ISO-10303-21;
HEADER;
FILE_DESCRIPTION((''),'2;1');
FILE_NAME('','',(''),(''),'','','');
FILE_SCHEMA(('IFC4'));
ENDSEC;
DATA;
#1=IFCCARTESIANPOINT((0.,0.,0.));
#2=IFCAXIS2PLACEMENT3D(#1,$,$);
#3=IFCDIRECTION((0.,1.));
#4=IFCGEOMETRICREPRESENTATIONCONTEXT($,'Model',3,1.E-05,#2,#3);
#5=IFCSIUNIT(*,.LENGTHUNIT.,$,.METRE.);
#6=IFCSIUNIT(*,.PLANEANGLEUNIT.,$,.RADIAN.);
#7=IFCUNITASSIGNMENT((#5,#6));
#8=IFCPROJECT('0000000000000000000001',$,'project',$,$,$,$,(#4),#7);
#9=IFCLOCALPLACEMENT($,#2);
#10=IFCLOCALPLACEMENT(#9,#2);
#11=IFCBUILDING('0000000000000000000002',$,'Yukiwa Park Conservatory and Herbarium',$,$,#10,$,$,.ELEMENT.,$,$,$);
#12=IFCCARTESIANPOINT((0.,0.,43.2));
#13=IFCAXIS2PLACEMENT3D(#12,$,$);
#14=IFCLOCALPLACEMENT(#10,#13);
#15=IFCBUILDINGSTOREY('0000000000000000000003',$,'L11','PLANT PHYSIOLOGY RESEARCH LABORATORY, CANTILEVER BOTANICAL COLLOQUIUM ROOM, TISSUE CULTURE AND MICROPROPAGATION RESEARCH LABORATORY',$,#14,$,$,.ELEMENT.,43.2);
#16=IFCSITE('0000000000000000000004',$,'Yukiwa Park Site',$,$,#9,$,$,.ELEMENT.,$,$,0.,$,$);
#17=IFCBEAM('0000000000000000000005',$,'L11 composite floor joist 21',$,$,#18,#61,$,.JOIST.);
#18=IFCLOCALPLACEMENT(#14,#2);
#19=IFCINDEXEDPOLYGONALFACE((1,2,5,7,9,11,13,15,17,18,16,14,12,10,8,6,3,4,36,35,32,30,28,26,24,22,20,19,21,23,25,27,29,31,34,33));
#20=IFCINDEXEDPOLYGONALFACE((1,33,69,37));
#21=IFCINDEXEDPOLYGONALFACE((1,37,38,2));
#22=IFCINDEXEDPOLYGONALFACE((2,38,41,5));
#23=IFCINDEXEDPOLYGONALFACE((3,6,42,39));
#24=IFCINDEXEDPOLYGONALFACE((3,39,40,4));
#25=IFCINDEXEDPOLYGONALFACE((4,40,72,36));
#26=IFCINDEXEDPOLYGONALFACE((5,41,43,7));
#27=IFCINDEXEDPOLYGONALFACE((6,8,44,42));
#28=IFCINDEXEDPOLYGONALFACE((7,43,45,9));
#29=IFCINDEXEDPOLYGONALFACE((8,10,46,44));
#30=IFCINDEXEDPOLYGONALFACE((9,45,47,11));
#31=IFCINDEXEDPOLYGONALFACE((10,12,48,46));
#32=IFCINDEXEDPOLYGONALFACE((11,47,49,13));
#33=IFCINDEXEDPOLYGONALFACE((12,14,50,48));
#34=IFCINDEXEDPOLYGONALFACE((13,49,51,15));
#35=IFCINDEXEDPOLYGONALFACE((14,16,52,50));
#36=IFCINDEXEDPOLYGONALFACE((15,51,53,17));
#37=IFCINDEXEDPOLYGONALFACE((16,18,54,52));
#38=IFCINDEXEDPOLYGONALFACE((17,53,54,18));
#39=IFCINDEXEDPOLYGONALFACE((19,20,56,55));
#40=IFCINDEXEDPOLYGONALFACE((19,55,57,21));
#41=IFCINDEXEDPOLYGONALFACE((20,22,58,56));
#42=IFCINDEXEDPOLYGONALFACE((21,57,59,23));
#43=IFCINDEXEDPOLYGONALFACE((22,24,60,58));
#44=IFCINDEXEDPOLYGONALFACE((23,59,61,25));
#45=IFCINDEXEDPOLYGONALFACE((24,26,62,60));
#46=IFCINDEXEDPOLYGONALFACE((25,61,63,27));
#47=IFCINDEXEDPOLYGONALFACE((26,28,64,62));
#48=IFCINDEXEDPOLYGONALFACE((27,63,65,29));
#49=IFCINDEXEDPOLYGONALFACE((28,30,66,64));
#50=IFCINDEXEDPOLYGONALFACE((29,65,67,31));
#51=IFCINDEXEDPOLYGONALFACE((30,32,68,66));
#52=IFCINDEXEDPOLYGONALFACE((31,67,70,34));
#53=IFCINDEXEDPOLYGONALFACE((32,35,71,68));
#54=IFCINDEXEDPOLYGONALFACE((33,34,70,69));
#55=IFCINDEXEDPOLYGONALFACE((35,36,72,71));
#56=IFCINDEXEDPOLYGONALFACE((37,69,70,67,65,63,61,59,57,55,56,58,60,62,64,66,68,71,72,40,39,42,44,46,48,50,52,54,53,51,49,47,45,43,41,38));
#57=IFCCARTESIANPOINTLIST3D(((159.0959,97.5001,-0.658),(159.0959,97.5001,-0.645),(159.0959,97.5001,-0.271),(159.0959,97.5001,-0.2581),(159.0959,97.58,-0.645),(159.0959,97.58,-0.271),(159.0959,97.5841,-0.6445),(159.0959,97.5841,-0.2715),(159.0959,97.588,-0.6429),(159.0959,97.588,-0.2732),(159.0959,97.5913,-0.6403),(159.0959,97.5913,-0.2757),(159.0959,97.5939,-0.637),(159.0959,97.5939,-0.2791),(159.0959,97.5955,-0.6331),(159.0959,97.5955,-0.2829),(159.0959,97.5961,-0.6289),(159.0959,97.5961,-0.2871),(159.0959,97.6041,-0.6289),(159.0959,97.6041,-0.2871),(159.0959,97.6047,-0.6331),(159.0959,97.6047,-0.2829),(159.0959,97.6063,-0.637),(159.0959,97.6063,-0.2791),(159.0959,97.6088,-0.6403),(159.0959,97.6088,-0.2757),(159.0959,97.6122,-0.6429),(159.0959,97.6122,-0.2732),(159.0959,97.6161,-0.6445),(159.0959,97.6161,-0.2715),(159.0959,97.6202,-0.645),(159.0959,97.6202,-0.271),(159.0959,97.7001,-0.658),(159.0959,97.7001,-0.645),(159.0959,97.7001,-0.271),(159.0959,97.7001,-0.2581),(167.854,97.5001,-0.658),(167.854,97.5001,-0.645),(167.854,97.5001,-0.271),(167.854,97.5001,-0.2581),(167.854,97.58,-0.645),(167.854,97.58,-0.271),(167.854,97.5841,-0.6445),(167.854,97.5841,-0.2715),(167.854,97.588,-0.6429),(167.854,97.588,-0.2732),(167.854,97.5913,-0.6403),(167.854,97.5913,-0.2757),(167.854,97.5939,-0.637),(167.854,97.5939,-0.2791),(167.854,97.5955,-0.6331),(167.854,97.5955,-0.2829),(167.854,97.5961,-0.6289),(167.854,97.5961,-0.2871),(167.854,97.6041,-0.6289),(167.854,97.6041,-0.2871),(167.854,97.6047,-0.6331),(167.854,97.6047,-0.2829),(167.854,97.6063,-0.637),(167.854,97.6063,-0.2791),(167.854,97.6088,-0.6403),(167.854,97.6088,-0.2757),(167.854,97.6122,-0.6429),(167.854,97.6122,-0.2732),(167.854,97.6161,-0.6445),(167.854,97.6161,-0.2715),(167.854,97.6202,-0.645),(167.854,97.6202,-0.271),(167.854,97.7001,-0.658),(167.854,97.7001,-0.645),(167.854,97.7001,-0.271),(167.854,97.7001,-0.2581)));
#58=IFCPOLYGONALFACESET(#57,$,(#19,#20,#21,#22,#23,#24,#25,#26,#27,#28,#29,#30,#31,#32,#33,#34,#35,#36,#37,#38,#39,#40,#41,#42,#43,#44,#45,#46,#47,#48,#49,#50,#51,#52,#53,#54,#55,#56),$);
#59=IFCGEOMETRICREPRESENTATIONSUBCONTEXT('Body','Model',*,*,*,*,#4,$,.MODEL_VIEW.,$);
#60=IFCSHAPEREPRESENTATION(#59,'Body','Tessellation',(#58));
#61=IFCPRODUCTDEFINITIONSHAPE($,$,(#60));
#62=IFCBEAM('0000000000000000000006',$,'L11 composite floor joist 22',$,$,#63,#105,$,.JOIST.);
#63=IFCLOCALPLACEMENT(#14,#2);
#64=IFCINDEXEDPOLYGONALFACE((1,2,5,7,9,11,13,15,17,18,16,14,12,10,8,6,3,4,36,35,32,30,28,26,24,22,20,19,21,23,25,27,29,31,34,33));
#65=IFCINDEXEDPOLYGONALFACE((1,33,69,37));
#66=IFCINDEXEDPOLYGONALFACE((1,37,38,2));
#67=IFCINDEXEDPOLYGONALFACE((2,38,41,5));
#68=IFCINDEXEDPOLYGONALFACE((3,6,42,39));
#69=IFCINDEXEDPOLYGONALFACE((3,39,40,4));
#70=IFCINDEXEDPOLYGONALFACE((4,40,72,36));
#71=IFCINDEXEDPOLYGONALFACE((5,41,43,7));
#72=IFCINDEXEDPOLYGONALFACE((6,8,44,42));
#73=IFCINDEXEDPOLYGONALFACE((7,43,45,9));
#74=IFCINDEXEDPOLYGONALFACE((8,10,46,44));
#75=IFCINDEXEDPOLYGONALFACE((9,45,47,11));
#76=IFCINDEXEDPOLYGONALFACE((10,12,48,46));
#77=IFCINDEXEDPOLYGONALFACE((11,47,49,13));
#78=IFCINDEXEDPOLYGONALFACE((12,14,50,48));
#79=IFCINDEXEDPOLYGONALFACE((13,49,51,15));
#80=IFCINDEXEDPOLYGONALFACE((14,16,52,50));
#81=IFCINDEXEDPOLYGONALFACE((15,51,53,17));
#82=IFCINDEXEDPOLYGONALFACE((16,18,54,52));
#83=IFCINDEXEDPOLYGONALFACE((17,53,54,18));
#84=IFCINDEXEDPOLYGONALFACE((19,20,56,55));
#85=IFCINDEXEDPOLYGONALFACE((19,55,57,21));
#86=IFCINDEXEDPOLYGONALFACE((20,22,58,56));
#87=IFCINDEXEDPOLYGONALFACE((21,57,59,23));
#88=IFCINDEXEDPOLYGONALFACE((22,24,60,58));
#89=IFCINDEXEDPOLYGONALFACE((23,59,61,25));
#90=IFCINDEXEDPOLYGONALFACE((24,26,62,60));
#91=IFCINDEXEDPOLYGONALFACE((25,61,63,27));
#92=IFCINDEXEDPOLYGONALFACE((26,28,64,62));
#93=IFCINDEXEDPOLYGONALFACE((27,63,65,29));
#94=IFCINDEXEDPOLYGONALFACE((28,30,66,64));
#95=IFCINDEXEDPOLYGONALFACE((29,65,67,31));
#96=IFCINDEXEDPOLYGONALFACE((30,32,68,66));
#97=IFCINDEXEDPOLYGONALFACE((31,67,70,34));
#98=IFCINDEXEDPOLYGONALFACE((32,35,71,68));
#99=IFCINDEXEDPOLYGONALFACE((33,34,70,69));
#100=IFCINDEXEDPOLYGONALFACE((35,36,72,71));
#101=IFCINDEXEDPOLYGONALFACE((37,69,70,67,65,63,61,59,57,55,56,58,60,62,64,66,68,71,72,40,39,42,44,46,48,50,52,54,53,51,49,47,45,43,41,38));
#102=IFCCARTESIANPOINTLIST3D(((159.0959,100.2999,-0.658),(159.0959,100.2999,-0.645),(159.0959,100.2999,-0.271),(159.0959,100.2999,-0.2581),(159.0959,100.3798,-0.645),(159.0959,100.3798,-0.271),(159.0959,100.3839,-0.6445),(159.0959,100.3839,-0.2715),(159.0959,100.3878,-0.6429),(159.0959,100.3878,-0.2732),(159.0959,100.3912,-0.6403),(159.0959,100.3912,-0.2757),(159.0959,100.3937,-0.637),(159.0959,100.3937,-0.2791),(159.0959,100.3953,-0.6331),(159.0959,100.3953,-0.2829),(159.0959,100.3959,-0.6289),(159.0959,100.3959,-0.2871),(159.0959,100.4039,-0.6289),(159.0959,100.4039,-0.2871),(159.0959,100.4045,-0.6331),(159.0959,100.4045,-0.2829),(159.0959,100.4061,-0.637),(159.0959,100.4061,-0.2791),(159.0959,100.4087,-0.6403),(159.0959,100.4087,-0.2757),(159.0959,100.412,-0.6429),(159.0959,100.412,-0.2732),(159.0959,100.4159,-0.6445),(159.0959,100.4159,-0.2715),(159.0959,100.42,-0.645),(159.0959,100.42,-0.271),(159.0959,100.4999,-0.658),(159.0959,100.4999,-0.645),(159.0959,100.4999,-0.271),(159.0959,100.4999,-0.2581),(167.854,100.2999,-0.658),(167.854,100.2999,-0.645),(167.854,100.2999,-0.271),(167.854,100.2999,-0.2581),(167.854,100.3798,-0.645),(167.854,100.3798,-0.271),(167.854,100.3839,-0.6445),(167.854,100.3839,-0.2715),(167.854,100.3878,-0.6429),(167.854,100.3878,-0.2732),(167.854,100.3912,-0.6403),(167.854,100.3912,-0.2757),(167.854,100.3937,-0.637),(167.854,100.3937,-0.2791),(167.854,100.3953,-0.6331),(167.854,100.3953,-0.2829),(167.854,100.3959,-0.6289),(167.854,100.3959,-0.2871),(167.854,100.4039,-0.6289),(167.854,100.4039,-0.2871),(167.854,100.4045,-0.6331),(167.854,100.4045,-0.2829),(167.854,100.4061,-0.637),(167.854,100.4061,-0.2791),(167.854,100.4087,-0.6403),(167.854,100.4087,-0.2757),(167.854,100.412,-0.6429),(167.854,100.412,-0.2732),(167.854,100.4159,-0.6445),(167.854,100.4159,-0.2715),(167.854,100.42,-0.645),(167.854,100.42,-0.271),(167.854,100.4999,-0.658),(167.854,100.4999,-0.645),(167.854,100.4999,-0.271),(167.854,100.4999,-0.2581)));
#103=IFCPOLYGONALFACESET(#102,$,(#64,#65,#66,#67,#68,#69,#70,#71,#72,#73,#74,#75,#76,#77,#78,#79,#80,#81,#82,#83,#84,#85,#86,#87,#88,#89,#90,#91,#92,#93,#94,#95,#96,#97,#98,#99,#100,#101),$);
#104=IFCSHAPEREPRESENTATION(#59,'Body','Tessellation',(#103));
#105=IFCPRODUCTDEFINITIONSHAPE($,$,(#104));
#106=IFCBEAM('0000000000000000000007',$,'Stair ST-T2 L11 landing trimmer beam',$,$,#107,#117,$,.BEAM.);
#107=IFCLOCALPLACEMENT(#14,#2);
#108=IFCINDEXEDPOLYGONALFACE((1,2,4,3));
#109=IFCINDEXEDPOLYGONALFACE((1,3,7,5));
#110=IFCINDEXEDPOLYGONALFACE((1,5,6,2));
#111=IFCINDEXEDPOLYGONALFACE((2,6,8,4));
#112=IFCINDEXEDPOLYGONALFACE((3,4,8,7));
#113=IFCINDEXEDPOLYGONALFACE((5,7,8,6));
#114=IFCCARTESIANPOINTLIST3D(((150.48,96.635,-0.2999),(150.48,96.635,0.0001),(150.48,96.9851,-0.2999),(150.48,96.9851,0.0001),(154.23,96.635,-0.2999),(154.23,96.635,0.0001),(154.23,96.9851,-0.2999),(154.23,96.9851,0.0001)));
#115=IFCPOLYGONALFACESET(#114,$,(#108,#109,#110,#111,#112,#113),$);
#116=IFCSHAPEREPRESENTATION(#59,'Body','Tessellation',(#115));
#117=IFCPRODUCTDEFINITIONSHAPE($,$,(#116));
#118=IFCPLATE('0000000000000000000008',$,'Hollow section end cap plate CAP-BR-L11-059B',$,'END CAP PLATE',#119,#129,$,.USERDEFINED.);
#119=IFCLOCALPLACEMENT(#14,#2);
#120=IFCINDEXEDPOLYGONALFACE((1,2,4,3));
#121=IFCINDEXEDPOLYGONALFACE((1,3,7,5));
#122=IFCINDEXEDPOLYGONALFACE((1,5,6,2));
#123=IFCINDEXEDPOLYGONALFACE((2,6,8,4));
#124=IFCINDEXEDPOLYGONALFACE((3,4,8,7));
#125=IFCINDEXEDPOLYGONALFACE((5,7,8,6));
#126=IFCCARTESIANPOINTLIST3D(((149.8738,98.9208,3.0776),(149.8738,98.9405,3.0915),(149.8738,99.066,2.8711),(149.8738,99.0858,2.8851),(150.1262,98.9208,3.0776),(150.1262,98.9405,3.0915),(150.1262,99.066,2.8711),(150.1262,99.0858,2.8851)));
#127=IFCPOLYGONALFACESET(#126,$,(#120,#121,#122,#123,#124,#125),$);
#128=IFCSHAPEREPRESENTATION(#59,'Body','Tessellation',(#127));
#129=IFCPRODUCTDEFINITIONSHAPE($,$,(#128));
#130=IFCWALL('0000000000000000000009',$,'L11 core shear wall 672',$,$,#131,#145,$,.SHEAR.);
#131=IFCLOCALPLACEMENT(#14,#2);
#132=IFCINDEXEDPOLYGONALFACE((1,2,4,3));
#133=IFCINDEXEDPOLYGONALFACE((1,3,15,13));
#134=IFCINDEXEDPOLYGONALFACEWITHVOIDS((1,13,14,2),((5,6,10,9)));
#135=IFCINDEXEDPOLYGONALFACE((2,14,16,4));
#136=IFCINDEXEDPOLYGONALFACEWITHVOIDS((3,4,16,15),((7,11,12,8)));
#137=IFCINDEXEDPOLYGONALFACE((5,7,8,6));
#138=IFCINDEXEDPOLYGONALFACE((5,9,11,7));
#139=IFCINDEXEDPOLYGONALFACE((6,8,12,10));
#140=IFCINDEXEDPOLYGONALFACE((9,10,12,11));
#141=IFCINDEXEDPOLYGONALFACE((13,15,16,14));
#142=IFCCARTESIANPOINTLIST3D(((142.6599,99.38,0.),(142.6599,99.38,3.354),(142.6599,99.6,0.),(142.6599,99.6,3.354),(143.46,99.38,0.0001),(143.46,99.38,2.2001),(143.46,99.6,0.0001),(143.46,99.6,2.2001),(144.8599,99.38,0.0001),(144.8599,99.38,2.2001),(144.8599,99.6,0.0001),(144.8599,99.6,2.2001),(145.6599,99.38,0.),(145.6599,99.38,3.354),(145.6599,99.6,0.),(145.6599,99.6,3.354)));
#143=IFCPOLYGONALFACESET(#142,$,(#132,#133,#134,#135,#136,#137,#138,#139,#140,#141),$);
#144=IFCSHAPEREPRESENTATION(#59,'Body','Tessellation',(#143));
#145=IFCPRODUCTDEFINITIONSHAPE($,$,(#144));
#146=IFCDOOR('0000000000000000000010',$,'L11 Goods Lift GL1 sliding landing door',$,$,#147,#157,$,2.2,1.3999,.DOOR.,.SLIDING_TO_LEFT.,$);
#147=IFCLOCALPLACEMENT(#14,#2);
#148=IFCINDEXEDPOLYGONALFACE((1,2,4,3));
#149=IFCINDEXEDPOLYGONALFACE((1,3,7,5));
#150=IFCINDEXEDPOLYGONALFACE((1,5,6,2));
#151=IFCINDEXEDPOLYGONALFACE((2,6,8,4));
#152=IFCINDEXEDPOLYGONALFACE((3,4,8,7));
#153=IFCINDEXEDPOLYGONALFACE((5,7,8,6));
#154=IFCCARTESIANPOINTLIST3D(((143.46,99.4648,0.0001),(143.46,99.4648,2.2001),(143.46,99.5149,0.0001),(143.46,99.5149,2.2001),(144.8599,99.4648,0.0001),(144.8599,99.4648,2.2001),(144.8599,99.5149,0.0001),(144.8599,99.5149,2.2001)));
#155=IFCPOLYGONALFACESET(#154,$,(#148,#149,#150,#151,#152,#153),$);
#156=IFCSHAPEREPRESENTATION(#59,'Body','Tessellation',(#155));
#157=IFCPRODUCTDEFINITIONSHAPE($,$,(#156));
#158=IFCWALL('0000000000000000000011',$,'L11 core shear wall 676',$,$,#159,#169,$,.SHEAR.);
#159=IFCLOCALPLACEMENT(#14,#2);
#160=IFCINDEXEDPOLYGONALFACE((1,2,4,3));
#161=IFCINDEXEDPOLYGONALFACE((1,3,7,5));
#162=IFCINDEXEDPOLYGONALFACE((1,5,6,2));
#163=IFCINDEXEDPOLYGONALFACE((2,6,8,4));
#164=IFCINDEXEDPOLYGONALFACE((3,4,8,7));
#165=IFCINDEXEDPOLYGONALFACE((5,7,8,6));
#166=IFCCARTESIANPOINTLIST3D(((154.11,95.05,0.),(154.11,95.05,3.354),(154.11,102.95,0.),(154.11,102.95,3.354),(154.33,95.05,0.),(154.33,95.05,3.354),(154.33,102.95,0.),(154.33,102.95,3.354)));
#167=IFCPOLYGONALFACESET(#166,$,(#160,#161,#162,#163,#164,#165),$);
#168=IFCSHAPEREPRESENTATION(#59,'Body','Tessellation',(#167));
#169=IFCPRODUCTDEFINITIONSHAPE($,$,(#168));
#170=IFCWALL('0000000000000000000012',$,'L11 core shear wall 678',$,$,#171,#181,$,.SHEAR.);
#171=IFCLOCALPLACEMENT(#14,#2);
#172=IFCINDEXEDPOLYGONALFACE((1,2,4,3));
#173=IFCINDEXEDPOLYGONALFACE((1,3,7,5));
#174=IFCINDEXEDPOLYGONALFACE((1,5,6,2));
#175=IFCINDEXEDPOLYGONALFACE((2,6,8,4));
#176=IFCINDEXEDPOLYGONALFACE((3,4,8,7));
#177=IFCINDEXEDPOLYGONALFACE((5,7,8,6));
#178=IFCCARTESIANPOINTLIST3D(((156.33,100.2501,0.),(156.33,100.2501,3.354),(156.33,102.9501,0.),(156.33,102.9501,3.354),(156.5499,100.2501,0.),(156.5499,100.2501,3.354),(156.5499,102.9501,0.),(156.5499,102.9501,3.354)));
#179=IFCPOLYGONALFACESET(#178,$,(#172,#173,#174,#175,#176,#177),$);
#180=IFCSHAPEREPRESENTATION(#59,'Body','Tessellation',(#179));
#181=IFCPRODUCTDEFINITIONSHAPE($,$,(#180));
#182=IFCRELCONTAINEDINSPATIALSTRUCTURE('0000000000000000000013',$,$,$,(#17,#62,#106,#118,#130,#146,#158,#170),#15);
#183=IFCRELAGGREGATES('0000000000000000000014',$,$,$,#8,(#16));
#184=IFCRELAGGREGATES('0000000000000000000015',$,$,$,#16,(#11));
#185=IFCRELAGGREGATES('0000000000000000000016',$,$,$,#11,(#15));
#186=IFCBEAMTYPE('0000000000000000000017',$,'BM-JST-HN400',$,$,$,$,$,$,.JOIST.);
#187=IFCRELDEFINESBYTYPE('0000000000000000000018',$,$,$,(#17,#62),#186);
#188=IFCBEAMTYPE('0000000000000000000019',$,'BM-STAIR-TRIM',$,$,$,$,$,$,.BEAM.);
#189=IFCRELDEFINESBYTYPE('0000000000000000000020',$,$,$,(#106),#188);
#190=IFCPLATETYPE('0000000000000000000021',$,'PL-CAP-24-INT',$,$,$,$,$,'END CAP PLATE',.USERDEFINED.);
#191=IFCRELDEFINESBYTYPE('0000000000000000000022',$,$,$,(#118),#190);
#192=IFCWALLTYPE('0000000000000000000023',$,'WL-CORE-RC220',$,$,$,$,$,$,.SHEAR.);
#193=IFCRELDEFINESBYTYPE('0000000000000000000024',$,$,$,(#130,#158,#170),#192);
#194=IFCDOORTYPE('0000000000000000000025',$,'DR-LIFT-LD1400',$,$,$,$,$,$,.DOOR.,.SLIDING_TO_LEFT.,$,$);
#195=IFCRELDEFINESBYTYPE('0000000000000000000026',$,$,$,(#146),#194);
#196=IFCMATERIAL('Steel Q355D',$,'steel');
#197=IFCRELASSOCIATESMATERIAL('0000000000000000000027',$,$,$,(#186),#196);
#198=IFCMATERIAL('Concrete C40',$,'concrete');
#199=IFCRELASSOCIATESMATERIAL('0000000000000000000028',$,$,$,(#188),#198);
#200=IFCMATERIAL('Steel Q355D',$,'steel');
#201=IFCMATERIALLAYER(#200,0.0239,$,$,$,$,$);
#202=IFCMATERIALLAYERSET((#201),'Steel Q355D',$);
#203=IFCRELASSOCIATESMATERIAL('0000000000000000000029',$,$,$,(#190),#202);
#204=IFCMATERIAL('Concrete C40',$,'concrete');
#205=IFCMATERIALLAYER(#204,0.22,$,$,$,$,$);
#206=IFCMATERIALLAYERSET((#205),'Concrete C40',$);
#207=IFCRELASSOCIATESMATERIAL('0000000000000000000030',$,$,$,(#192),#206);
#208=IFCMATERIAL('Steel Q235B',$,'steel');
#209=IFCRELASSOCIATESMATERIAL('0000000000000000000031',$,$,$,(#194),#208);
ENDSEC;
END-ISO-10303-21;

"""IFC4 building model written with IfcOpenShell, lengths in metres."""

from ifc_helpers import new_model, si_unit, direction, frame, frame_2d, origin, origin_2d, place, context, subcontext, project, spatial, rectangle, i_section, extrude, material, layer, layer_set, material_profile, profile_set, type_object, element, fill, save


model = new_model("IFC4")

# Units and contexts
model_context = context("Model", 3, precision=1e-05, world=origin(), true_north=direction((0.0, 1.0)))
body_context = subcontext(model_context, "Body", "Model", "MODEL_VIEW")
ifc_project = project(units=[si_unit("LENGTHUNIT", "METRE"), si_unit("PLANEANGLEUNIT", "RADIAN")], contexts=[model_context])

# Site, building, storey
site_placement = place(None, origin())
site = spatial("IfcSite", under=ifc_project, at=site_placement, Name="Yukiwa Park Site", CompositionType="ELEMENT", RefElevation=0.0)
building_placement = place(site_placement, origin())
building = spatial("IfcBuilding", under=site, at=building_placement, Name="Yukiwa Park Conservatory and Herbarium", CompositionType="ELEMENT")
storey_placement = place(building_placement, frame((0.0, 0.0, 43.2)))
storey = spatial("IfcBuildingStorey", under=building, at=storey_placement, Name="L11", Description="PLANT PHYSIOLOGY RESEARCH LABORATORY, CANTILEVER BOTANICAL COLLOQUIUM ROOM, TISSUE CULTURE AND MICROPROPAGATION RESEARCH LABORATORY", CompositionType="ELEMENT", Elevation=43.2)

# Beams
ifc_material_1 = material(Name="Steel Q355D", Category="steel")
ifc_material_profile_1 = material_profile(ifc_material_1, i_section(OverallWidth=0.2, OverallDepth=0.3999, WebThickness=0.0081, FlangeThickness=0.0129, FilletRadius=0.0161, at=origin_2d()), Name="HN 400x200x8x13")
ifc_profile_set_1 = profile_set([ifc_material_profile_1], Name="Steel Q355D")
beam_type_1 = type_object("IfcBeamType", Name="BM-JST-HN400", PredefinedType="JOIST", material=ifc_profile_set_1)
for number, where, z_axis, x_axis, name in (
    (1, (159.0959, 97.6001, -0.458), (1.0, 0.0, 0.0), (0.0, 1.0, 0.0), "L11 composite floor joist 21"),
    (2, (159.0959, 100.3999, -0.458), (1.0, 0.0, 0.0), (0.0, 1.0, 0.0), "L11 composite floor joist 22"),
):
    element("IfcBeam", number, at=place(storey_placement, frame(where, z_axis=z_axis, x_axis=x_axis)), inside=storey, type_object=beam_type_1, Name=name, PredefinedType="JOIST", context=body_context, shape_type="SweptSolid", body=[
        extrude(i_section(OverallWidth=0.2, OverallDepth=0.3999, WebThickness=0.0081, FlangeThickness=0.0129, FilletRadius=0.0161, at=origin_2d()), origin(), (0.0, 0.0, 1.0), 8.7581),
    ])
ifc_material_2 = material(Name="Concrete C40", Category="concrete")
ifc_material_profile_2 = material_profile(ifc_material_2, rectangle(XDim=0.3501, YDim=0.3, at=origin_2d()), Name="RC 350x300")
ifc_profile_set_2 = profile_set([ifc_material_profile_2], Name="Concrete C40")
beam_type_2 = type_object("IfcBeamType", Name="BM-STAIR-TRIM", PredefinedType="BEAM", material=ifc_profile_set_2)
beam_placement = place(storey_placement, frame((150.48, 96.8101, -0.1499), z_axis=(1.0, 0.0, 0.0), x_axis=(0.0, 1.0, 0.0)))
element("IfcBeam", 3, at=beam_placement, inside=storey, type_object=beam_type_2, Name="Stair ST-T2 L11 landing trimmer beam", PredefinedType="BEAM", context=body_context, shape_type="SweptSolid", body=[
    extrude(rectangle(XDim=0.3501, YDim=0.3, at=origin_2d()), origin(), (0.0, 0.0, 1.0), 3.75),
])

# Plate
ifc_material_3 = material(Name="Steel Q355D", Category="steel")
ifc_layer_1 = layer(ifc_material_3, 0.0239)
ifc_layer_set_1 = layer_set([ifc_layer_1], Name="Steel Q355D")
plate_type = type_object("IfcPlateType", Name="PL-CAP-24-INT", ElementType="END CAP PLATE", PredefinedType="USERDEFINED", material=ifc_layer_set_1)
plate_placement = place(storey_placement, frame((150.0, 98.9934, 2.9744), z_axis=(0.0, 0.817806, 0.575493), x_axis=(-1.0, 0.0, 0.0)))
element("IfcPlate", 4, at=plate_placement, inside=storey, type_object=plate_type, Name="Hollow section end cap plate CAP-BR-L11-059B", ObjectType="END CAP PLATE", PredefinedType="USERDEFINED", context=body_context, shape_type="SweptSolid", body=[
    extrude(rectangle(XDim=0.2524, YDim=0.2524, at=origin_2d()), origin(), (0.0, 0.0, 1.0), 0.0242),
])

# Wall, opening, door
ifc_material_4 = material(Name="Concrete C40", Category="concrete")
ifc_layer_2 = layer(ifc_material_4, 0.22)
ifc_layer_set_2 = layer_set([ifc_layer_2], Name="Concrete C40")
wall_type_1 = type_object("IfcWallType", Name="WL-CORE-RC220", PredefinedType="SHEAR", material=ifc_layer_set_2)
wall_1_placement = place(storey_placement, frame((142.6599, 99.49, 0.0), z_axis=(0.0, 0.0, 1.0), x_axis=(1.0, 0.0, 0.0)))
wall_1 = element("IfcWall", 5, at=wall_1_placement, inside=storey, type_object=wall_type_1, Name="L11 core shear wall 672", PredefinedType="SHEAR", context=body_context, shape_type="SweptSolid", body=[
    extrude(rectangle(XDim=3.0, YDim=0.22, at=frame_2d((1.5, 0.0))), origin(), (0.0, 0.0, 1.0), 3.354),
])
opening_1_placement = place(wall_1_placement, frame((0.8, 0.0, 0.0)))
opening_1 = element("IfcOpeningElement", 6, at=opening_1_placement, cuts=wall_1, PredefinedType="OPENING", context=body_context, shape_type="SweptSolid", body=[
    extrude(rectangle(XDim=1.3999, YDim=2.2, at=frame_2d((0.7, 1.1001))), frame((0.0, 0.1201, 0.0), z_axis=(0.0, -1.0, 0.0), x_axis=(1.0, 0.0, 0.0)), (0.0, 0.0, 1.0), 0.24),
])
ifc_material_5 = material(Name="Steel Q235B", Category="steel")
door_type_1 = type_object("IfcDoorType", Name="DR-LIFT-LD1400", OperationType="SLIDING_TO_LEFT", PredefinedType="DOOR", material=ifc_material_5)
door_1_placement = place(opening_1_placement, origin())
door_1 = element("IfcDoor", 7, at=door_1_placement, inside=storey, type_object=door_type_1, Name="L11 Goods Lift GL1 sliding landing door", OperationType="SLIDING_TO_LEFT", OverallHeight=2.2, OverallWidth=1.3999, PredefinedType="DOOR", context=body_context, shape_type="SweptSolid", body=[
    extrude(rectangle(XDim=1.3999, YDim=2.2, at=frame_2d((0.7, 1.1001))), frame((0.0, 0.0249, 0.0), z_axis=(0.0, -1.0, 0.0), x_axis=(1.0, 0.0, 0.0)), (0.0, 0.0, 1.0), 0.05),
])
fill(opening_1, door_1)

# Walls
wall_2_placement = place(storey_placement, frame((154.22, 95.05, 0.0), z_axis=(0.0, 0.0, 1.0), x_axis=(0.0, 1.0, 0.0)))
element("IfcWall", 8, at=wall_2_placement, inside=storey, type_object=wall_type_1, Name="L11 core shear wall 676", PredefinedType="SHEAR", context=body_context, shape_type="SweptSolid", body=[
    extrude(rectangle(XDim=7.8999, YDim=0.22, at=frame_2d((3.95, 0.0))), origin(), (0.0, 0.0, 1.0), 3.354),
])
wall_3_placement = place(storey_placement, frame((156.4399, 100.25, 0.0), z_axis=(0.0, 0.0, 1.0), x_axis=(0.0, 1.0, 0.0)))
element("IfcWall", 9, at=wall_3_placement, inside=storey, type_object=wall_type_1, Name="L11 core shear wall 678", PredefinedType="SHEAR", context=body_context, shape_type="SweptSolid", body=[
    extrude(rectangle(XDim=2.7, YDim=0.22, at=frame_2d((1.3501, 0.0))), origin(), (0.0, 0.0, 1.0), 3.354),
])

save(model, "model.ifc")
